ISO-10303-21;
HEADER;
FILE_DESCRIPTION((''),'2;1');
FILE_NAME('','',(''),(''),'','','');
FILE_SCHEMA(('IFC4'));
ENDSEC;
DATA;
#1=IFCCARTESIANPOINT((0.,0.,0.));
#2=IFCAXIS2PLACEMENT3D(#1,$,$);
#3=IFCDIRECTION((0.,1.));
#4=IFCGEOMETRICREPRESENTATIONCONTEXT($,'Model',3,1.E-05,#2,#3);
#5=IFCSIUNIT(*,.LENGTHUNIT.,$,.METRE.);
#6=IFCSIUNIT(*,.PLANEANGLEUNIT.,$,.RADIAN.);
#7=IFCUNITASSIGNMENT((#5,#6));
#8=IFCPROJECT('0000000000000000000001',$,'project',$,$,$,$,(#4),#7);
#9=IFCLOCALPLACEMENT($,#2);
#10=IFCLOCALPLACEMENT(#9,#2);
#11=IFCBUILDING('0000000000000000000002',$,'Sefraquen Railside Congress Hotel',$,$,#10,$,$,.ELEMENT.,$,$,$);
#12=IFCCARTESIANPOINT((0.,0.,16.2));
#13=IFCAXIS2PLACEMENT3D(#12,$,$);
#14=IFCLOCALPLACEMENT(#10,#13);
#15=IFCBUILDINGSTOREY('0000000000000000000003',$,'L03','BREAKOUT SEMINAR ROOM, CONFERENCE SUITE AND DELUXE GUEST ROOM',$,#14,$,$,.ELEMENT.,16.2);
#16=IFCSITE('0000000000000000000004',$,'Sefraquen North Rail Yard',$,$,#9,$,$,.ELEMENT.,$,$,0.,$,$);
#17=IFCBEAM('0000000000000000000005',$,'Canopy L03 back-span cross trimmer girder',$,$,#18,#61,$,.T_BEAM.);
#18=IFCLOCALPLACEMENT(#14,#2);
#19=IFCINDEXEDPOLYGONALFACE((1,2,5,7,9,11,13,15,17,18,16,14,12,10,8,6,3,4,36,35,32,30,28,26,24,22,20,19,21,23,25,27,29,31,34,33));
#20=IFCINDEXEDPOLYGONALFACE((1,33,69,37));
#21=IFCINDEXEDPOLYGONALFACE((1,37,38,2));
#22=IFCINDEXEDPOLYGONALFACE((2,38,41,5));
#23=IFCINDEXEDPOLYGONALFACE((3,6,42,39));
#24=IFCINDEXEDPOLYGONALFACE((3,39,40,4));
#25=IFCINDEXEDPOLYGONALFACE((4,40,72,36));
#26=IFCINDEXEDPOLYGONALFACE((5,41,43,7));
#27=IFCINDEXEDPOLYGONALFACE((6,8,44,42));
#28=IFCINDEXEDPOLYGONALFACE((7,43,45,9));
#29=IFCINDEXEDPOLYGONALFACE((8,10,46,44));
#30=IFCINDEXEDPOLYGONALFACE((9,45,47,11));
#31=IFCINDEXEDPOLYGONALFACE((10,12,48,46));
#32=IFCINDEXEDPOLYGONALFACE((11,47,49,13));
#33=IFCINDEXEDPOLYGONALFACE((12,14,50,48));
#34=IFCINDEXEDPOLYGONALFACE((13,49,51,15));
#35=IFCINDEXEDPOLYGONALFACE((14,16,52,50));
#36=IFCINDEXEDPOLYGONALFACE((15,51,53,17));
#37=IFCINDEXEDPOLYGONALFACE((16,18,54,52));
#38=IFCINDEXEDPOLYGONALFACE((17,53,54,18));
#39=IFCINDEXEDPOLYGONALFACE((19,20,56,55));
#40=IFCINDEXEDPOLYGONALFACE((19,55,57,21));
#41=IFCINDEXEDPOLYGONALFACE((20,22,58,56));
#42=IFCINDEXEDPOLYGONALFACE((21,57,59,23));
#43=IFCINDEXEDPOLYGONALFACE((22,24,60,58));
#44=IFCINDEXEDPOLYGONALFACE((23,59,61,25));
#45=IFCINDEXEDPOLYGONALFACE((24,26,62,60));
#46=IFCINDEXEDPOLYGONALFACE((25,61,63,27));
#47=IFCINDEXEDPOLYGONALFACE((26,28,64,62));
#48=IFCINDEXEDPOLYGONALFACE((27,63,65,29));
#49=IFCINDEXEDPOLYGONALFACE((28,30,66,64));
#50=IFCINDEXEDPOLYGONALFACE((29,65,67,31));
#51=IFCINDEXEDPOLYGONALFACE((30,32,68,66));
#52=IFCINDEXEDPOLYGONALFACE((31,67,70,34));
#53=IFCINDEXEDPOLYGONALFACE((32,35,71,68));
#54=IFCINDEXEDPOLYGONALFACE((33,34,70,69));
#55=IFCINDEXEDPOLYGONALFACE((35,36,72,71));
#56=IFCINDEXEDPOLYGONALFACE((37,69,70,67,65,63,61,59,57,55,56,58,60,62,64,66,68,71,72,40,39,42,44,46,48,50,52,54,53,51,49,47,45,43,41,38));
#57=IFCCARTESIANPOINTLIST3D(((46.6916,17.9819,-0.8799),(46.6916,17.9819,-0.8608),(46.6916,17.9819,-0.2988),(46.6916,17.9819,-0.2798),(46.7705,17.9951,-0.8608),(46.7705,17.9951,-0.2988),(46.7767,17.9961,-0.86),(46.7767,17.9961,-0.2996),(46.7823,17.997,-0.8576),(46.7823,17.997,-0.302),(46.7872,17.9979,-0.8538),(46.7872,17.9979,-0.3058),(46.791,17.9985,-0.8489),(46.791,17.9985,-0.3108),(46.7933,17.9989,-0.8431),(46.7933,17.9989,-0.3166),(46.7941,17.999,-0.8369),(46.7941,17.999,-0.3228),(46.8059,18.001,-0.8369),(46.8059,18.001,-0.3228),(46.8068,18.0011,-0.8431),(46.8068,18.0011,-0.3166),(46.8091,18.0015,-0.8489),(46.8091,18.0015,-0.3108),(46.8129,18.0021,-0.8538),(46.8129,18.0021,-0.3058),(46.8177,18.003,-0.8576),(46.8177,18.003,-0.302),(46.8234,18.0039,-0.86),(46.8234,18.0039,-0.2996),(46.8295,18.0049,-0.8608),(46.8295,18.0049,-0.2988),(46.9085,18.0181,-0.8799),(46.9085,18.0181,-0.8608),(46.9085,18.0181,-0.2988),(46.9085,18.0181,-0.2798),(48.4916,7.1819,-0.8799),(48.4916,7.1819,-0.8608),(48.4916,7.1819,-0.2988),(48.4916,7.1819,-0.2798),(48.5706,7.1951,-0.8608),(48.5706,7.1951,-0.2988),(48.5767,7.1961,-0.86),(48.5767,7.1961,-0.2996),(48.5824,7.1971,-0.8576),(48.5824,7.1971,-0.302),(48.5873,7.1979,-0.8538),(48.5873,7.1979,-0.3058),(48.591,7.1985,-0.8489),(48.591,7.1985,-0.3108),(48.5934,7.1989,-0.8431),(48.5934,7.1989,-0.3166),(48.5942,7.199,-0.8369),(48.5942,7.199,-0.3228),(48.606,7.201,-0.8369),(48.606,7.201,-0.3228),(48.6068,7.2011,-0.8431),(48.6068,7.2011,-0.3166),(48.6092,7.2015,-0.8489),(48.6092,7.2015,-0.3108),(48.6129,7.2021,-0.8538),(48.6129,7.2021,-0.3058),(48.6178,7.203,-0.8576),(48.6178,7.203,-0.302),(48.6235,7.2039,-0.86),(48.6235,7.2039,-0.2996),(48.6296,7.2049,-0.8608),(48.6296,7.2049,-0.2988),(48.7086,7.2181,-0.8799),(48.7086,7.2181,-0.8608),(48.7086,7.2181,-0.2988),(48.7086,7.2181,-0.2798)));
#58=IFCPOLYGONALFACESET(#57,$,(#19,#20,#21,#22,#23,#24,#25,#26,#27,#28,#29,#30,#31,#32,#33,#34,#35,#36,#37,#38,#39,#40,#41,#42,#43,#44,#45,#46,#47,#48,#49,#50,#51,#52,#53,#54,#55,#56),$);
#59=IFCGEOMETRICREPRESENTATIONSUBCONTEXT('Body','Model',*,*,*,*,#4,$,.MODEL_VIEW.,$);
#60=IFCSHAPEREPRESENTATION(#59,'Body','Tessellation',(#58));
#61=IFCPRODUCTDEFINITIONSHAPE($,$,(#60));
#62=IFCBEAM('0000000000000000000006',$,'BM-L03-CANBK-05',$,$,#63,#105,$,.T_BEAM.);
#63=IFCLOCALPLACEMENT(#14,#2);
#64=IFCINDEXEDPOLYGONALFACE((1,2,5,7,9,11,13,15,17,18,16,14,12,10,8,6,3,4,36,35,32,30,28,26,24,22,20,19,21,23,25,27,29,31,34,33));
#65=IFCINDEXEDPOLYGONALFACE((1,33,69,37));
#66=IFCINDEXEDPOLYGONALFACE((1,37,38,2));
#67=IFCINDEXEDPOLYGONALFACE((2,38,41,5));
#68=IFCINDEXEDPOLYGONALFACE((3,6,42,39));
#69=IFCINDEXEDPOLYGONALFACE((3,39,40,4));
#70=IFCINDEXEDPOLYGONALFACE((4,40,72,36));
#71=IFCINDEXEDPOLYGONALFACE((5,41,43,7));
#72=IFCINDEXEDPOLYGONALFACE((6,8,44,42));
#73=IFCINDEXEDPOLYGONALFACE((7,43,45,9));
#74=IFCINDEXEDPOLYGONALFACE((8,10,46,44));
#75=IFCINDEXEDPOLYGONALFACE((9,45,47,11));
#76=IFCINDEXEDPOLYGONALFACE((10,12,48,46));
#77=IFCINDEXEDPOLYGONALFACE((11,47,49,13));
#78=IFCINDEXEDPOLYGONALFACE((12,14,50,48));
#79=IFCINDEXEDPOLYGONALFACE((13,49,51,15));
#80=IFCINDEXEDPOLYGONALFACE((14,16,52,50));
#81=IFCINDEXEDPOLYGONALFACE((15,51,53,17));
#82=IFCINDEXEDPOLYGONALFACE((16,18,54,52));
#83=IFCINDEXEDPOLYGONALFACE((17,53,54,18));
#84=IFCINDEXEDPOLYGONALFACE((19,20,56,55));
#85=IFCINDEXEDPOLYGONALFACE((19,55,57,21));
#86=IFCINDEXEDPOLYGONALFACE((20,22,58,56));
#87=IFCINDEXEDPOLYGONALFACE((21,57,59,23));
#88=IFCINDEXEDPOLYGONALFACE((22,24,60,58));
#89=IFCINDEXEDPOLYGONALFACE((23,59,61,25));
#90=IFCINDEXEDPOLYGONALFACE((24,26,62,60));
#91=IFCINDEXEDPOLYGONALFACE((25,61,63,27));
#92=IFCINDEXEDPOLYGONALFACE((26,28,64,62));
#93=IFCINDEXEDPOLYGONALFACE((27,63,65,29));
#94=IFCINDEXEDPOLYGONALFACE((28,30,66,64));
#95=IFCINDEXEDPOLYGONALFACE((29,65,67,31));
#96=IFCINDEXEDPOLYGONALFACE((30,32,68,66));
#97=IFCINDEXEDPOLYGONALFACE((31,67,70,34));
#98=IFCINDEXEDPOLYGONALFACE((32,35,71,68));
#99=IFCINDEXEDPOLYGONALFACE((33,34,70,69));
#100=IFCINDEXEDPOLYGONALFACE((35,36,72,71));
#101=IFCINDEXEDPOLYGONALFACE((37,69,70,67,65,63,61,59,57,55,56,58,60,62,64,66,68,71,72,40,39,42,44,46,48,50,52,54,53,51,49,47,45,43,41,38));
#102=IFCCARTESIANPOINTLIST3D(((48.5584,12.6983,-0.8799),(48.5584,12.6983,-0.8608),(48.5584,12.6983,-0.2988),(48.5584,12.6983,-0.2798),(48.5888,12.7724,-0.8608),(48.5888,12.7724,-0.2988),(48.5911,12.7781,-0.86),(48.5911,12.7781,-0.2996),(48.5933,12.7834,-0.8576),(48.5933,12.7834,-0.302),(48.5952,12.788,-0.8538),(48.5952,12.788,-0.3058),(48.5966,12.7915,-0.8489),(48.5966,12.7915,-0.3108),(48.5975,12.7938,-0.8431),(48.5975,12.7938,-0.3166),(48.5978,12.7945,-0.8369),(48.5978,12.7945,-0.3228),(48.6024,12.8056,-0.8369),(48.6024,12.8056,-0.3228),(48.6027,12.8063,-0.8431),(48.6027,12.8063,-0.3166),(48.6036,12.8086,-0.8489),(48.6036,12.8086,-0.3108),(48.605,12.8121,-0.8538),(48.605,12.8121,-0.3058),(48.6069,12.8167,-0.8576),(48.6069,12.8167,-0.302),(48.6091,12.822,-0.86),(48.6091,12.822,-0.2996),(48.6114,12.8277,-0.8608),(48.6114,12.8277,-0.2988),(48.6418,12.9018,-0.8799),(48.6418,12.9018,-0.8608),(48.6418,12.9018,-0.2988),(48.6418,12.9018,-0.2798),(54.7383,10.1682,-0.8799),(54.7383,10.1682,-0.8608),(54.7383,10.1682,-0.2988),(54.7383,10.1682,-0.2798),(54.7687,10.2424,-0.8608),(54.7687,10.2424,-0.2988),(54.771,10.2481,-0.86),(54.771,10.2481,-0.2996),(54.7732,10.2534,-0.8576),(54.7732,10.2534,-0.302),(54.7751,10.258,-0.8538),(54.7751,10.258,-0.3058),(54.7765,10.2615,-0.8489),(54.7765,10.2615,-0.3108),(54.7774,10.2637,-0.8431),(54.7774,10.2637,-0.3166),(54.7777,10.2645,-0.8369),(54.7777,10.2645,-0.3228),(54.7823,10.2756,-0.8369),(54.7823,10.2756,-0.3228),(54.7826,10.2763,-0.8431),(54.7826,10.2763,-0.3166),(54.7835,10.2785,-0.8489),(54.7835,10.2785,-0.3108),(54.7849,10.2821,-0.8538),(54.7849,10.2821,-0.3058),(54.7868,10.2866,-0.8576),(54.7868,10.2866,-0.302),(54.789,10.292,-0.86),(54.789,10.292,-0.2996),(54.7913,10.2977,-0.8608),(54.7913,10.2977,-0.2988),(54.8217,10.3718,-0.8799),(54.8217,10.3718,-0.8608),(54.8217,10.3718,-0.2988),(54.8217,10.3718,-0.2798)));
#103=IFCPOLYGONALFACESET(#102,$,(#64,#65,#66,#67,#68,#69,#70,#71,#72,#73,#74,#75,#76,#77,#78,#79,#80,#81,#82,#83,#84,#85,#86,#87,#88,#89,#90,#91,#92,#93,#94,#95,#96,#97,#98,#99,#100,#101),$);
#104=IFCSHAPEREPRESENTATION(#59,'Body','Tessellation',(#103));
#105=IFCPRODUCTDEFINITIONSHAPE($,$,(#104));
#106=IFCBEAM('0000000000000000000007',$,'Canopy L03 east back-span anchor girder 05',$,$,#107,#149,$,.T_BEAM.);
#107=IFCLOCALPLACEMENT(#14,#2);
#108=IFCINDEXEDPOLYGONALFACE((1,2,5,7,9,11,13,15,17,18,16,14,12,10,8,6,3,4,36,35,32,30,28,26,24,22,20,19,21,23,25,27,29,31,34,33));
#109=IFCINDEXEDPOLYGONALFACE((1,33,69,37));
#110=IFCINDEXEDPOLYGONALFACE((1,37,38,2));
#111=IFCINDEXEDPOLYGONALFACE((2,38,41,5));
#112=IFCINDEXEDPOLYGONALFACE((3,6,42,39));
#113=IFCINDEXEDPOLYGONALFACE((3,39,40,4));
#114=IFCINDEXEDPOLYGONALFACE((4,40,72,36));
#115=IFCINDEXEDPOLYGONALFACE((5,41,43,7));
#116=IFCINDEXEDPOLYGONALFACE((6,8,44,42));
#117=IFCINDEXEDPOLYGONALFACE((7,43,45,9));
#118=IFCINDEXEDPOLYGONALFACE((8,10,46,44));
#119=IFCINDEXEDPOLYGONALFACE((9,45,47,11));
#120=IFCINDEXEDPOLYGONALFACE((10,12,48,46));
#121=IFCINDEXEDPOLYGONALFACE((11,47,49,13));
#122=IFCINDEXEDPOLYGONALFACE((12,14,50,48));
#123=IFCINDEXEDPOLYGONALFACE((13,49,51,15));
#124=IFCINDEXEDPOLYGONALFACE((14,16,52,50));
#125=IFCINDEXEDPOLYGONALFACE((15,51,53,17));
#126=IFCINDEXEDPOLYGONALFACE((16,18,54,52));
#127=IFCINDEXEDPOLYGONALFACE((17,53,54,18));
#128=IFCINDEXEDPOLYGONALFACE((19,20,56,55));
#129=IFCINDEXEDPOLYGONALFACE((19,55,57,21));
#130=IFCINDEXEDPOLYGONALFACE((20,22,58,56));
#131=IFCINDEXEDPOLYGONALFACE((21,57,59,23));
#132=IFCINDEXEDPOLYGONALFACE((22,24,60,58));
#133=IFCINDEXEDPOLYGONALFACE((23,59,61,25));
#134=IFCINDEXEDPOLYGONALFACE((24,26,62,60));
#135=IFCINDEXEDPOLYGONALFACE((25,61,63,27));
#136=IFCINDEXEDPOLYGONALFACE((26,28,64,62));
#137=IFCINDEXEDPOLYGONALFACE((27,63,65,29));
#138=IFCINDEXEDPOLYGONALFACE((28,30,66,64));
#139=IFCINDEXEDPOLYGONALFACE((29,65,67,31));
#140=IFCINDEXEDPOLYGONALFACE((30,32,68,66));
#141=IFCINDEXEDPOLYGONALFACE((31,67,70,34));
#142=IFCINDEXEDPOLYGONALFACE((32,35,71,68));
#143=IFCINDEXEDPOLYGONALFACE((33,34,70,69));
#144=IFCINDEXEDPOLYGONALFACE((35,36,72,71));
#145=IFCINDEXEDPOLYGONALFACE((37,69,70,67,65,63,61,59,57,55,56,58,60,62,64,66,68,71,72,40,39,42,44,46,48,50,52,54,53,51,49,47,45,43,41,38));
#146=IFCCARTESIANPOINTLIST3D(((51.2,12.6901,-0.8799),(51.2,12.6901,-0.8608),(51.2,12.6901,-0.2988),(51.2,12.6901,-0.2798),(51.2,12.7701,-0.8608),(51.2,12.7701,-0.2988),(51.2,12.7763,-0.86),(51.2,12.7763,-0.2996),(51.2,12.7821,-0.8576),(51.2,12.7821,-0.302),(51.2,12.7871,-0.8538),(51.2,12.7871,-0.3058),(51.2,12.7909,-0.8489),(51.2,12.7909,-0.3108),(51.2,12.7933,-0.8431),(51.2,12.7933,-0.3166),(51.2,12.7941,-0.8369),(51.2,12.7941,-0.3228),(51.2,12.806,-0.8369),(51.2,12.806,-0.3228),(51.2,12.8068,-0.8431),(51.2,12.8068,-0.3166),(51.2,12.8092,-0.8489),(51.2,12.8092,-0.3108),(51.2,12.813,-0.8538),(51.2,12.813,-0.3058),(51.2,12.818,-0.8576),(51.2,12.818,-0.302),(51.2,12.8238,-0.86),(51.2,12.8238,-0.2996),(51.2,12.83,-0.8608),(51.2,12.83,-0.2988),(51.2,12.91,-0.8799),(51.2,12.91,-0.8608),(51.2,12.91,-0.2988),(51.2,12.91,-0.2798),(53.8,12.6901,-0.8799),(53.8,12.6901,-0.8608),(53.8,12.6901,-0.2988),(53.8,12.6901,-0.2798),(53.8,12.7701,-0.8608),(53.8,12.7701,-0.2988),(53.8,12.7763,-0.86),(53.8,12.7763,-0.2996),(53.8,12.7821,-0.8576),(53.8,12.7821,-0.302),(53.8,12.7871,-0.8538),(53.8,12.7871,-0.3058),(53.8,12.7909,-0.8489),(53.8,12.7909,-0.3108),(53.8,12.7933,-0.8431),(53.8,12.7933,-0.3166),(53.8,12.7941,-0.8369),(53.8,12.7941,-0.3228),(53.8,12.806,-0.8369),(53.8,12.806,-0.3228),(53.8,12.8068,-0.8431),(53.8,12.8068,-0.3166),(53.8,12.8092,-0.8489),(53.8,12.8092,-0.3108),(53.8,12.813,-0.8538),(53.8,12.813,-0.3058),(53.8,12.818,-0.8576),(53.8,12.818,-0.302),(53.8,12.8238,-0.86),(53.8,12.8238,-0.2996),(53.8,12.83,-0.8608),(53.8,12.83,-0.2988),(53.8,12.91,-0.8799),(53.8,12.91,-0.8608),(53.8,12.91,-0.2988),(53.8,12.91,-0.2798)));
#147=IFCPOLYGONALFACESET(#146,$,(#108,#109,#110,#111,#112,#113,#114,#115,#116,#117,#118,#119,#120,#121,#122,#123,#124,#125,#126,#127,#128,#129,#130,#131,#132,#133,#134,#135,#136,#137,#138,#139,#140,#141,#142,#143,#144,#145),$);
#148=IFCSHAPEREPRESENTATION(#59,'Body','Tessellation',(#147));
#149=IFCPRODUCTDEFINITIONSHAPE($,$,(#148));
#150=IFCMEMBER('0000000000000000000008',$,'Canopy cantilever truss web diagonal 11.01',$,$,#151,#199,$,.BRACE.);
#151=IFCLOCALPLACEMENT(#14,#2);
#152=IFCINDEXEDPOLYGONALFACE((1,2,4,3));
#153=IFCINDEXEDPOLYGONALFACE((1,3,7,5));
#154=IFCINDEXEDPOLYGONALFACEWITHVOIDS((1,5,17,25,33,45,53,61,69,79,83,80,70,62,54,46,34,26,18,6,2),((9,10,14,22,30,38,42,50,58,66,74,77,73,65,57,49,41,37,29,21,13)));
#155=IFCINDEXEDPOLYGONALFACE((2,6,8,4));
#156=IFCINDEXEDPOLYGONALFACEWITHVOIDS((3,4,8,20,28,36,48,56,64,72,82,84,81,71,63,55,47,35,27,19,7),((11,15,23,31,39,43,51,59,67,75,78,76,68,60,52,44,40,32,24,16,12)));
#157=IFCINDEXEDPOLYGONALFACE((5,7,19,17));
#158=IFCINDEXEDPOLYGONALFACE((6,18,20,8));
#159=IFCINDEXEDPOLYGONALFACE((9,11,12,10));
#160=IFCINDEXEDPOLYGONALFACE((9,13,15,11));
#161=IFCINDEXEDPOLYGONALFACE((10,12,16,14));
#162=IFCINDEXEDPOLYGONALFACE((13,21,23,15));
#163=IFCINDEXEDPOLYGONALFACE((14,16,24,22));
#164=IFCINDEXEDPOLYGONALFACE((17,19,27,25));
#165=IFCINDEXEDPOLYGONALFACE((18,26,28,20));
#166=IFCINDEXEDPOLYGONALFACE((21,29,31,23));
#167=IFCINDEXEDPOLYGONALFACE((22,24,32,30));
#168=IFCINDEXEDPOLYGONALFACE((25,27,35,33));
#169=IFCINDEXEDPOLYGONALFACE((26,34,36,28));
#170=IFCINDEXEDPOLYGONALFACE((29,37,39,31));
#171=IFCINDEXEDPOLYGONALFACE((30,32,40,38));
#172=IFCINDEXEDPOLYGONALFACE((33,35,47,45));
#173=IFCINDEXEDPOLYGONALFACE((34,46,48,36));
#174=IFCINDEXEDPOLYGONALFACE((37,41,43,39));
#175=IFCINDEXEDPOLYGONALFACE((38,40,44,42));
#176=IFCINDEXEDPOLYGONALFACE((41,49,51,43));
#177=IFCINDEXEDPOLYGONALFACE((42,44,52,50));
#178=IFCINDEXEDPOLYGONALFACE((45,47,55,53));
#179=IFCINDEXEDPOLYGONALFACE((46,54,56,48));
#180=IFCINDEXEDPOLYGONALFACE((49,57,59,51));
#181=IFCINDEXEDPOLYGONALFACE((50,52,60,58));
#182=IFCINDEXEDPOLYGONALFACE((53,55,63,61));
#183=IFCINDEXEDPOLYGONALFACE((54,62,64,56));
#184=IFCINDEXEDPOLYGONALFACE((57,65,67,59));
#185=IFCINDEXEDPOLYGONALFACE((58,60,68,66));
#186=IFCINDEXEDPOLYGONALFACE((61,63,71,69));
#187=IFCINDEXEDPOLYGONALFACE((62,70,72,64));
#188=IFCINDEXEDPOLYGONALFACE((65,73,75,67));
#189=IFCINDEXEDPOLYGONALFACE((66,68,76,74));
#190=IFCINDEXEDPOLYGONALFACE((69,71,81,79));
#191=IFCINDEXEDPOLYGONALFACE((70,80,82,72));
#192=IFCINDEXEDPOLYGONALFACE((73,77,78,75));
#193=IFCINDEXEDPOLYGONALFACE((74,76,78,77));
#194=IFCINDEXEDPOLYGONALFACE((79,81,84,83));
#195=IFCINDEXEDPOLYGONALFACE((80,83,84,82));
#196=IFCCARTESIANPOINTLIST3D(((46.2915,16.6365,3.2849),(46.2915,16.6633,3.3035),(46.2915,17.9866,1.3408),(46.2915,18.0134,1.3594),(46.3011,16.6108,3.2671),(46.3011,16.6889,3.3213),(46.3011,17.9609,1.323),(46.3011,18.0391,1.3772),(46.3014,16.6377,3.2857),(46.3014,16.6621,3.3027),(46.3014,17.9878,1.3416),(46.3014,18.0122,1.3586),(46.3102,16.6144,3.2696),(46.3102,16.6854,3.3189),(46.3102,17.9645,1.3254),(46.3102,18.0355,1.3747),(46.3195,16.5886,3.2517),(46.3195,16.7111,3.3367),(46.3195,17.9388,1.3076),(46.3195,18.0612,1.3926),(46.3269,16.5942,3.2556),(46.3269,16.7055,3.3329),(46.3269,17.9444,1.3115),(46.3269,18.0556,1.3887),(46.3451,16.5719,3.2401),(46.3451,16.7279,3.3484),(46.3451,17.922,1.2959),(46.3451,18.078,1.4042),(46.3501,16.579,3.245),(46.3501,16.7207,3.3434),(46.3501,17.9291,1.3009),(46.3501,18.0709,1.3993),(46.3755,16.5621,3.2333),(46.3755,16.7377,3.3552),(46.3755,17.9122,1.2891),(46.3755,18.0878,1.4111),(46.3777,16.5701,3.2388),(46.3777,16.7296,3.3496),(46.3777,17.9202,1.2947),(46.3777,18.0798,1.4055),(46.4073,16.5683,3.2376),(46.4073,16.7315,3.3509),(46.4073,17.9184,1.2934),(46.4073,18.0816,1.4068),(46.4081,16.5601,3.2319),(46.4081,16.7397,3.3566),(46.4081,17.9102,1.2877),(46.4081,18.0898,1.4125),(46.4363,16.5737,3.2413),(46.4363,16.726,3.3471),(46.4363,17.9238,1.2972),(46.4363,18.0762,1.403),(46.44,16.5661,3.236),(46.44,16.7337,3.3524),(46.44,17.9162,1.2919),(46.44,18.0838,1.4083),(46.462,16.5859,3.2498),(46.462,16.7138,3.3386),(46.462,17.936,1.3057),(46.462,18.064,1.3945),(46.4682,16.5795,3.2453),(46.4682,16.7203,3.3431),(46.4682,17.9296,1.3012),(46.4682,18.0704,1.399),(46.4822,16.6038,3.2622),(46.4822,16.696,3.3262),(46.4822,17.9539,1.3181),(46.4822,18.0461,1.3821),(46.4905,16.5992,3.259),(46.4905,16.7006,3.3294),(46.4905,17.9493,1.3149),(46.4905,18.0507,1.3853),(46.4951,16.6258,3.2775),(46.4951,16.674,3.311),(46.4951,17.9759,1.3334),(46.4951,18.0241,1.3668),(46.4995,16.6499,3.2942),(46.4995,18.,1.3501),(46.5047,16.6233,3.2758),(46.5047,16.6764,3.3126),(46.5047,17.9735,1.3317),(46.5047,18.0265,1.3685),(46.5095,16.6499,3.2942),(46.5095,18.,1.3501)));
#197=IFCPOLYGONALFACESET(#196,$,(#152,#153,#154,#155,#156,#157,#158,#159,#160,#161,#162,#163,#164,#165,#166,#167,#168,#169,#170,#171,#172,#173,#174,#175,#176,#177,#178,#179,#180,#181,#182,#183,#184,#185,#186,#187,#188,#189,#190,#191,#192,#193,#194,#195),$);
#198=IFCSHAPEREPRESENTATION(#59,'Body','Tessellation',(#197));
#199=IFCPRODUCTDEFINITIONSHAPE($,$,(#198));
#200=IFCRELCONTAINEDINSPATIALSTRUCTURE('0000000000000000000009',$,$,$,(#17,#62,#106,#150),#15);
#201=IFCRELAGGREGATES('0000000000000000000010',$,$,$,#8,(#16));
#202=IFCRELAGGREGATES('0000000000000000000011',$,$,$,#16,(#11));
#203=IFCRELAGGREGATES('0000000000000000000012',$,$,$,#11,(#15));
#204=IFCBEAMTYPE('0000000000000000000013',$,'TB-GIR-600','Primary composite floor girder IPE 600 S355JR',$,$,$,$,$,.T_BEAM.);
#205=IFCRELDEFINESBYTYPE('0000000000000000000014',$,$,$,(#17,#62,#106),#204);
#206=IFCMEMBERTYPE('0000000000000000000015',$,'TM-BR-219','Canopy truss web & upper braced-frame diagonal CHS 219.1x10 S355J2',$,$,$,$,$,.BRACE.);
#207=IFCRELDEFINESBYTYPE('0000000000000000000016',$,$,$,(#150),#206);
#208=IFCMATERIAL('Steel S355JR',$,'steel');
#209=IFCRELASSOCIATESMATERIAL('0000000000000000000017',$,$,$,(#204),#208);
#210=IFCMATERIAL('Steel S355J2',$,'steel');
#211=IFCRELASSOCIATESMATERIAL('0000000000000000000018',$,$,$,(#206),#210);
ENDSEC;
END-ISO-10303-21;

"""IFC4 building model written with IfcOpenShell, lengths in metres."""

from ifc_helpers import new_model, si_unit, direction, frame, origin, origin_2d, place, context, subcontext, project, spatial, hollow_circle, i_section, extrude, material, material_profile, profile_set, type_object, element, save


model = new_model("IFC4")

# Units and contexts
model_context = context("Model", 3, precision=1e-05, world=origin(), true_north=direction((0.0, 1.0)))
body_context = subcontext(model_context, "Body", "Model", "MODEL_VIEW")
ifc_project = project(units=[si_unit("LENGTHUNIT", "METRE"), si_unit("PLANEANGLEUNIT", "RADIAN")], contexts=[model_context])

# Site, building, storey
site_placement = place(None, origin())
site = spatial("IfcSite", under=ifc_project, at=site_placement, Name="Sefraquen North Rail Yard", CompositionType="ELEMENT", RefElevation=0.0)
building_placement = place(site_placement, origin())
building = spatial("IfcBuilding", under=site, at=building_placement, Name="Sefraquen Railside Congress Hotel", CompositionType="ELEMENT")
storey_placement = place(building_placement, frame((0.0, 0.0, 16.2)))
storey = spatial("IfcBuildingStorey", under=building, at=storey_placement, Name="L03", Description="BREAKOUT SEMINAR ROOM, CONFERENCE SUITE AND DELUXE GUEST ROOM", CompositionType="ELEMENT", Elevation=16.2)

# Shared definitions
ifc_material_1 = material(Name="Steel S355JR", Category="steel")

# Beams
ifc_material_2 = material(Name="Steel S355J2", Category="steel")
ifc_material_profile_1 = material_profile(ifc_material_1, i_section(OverallWidth=0.22, OverallDepth=0.6001, WebThickness=0.012, FlangeThickness=0.019, FilletRadius=0.0239, at=origin_2d()), Name="IPE 600")
ifc_profile_set_1 = profile_set([ifc_material_profile_1], Name="Steel S355JR")
beam_type_1 = type_object("IfcBeamType", Name="TB-GIR-600", Description="Primary composite floor girder IPE 600 S355JR", PredefinedType="T_BEAM", material=ifc_profile_set_1)
beam_1_placement = place(storey_placement, frame((46.8, 18.0, -0.5798), z_axis=(0.164403, -0.986393, 0.0), x_axis=(0.986393, 0.164403, 0.0)))
element("IfcBeam", 1, at=beam_1_placement, inside=storey, type_object=beam_type_1, Name="Canopy L03 back-span cross trimmer girder", PredefinedType="T_BEAM", context=body_context, shape_type="SweptSolid", body=[
    extrude(i_section(OverallWidth=0.22, OverallDepth=0.6001, WebThickness=0.012, FlangeThickness=0.019, FilletRadius=0.0239, at=origin_2d()), origin(), (0.0, 0.0, 1.0), 10.949),
])
beam_2_placement = place(storey_placement, frame((48.6001, 12.8, -0.5798), z_axis=(0.925449, -0.378873, 0.0), x_axis=(0.378873, 0.925449, 0.0)))
element("IfcBeam", 2, at=beam_2_placement, inside=storey, type_object=beam_type_1, Name="BM-L03-CANBK-05", PredefinedType="T_BEAM", context=body_context, shape_type="SweptSolid", body=[
    extrude(i_section(OverallWidth=0.22, OverallDepth=0.6001, WebThickness=0.012, FlangeThickness=0.019, FilletRadius=0.0239, at=origin_2d()), origin(), (0.0, 0.0, 1.0), 6.6777),
])
beam_3_placement = place(storey_placement, frame((51.2, 12.8, -0.5798), z_axis=(1.0, 0.0, 0.0), x_axis=(0.0, 1.0, 0.0)))
element("IfcBeam", 3, at=beam_3_placement, inside=storey, type_object=beam_type_1, Name="Canopy L03 east back-span anchor girder 05", PredefinedType="T_BEAM", context=body_context, shape_type="SweptSolid", body=[
    extrude(i_section(OverallWidth=0.22, OverallDepth=0.6001, WebThickness=0.012, FlangeThickness=0.019, FilletRadius=0.0239, at=origin_2d()), origin(), (0.0, 0.0, 1.0), 2.6001),
])

# Member
ifc_material_profile_2 = material_profile(ifc_material_2, hollow_circle(Radius=0.1096, WallThickness=0.01, at=origin_2d()), Name="CHS 219.1x10")
ifc_profile_set_2 = profile_set([ifc_material_profile_2], Name="Steel S355J2")
member_type_1 = type_object("IfcMemberType", Name="TM-BR-219", Description="Canopy truss web & upper braced-frame diagonal CHS 219.1x10 S355J2", PredefinedType="BRACE", material=ifc_profile_set_2)
member_1_placement = place(storey_placement, frame((46.3999, 18.0, 1.3501), z_axis=(0.0, -0.570405, 0.821363), x_axis=(1.0, 0.0, 0.0)))
element("IfcMember", 4, at=member_1_placement, inside=storey, type_object=member_type_1, Name="Canopy cantilever truss web diagonal 11.01", PredefinedType="BRACE", context=body_context, shape_type="SweptSolid", body=[
    extrude(hollow_circle(Radius=0.1096, WallThickness=0.01, at=origin_2d()), origin(), (0.0, 0.0, 1.0), 2.3669),
])

save(model, "model.ifc")
